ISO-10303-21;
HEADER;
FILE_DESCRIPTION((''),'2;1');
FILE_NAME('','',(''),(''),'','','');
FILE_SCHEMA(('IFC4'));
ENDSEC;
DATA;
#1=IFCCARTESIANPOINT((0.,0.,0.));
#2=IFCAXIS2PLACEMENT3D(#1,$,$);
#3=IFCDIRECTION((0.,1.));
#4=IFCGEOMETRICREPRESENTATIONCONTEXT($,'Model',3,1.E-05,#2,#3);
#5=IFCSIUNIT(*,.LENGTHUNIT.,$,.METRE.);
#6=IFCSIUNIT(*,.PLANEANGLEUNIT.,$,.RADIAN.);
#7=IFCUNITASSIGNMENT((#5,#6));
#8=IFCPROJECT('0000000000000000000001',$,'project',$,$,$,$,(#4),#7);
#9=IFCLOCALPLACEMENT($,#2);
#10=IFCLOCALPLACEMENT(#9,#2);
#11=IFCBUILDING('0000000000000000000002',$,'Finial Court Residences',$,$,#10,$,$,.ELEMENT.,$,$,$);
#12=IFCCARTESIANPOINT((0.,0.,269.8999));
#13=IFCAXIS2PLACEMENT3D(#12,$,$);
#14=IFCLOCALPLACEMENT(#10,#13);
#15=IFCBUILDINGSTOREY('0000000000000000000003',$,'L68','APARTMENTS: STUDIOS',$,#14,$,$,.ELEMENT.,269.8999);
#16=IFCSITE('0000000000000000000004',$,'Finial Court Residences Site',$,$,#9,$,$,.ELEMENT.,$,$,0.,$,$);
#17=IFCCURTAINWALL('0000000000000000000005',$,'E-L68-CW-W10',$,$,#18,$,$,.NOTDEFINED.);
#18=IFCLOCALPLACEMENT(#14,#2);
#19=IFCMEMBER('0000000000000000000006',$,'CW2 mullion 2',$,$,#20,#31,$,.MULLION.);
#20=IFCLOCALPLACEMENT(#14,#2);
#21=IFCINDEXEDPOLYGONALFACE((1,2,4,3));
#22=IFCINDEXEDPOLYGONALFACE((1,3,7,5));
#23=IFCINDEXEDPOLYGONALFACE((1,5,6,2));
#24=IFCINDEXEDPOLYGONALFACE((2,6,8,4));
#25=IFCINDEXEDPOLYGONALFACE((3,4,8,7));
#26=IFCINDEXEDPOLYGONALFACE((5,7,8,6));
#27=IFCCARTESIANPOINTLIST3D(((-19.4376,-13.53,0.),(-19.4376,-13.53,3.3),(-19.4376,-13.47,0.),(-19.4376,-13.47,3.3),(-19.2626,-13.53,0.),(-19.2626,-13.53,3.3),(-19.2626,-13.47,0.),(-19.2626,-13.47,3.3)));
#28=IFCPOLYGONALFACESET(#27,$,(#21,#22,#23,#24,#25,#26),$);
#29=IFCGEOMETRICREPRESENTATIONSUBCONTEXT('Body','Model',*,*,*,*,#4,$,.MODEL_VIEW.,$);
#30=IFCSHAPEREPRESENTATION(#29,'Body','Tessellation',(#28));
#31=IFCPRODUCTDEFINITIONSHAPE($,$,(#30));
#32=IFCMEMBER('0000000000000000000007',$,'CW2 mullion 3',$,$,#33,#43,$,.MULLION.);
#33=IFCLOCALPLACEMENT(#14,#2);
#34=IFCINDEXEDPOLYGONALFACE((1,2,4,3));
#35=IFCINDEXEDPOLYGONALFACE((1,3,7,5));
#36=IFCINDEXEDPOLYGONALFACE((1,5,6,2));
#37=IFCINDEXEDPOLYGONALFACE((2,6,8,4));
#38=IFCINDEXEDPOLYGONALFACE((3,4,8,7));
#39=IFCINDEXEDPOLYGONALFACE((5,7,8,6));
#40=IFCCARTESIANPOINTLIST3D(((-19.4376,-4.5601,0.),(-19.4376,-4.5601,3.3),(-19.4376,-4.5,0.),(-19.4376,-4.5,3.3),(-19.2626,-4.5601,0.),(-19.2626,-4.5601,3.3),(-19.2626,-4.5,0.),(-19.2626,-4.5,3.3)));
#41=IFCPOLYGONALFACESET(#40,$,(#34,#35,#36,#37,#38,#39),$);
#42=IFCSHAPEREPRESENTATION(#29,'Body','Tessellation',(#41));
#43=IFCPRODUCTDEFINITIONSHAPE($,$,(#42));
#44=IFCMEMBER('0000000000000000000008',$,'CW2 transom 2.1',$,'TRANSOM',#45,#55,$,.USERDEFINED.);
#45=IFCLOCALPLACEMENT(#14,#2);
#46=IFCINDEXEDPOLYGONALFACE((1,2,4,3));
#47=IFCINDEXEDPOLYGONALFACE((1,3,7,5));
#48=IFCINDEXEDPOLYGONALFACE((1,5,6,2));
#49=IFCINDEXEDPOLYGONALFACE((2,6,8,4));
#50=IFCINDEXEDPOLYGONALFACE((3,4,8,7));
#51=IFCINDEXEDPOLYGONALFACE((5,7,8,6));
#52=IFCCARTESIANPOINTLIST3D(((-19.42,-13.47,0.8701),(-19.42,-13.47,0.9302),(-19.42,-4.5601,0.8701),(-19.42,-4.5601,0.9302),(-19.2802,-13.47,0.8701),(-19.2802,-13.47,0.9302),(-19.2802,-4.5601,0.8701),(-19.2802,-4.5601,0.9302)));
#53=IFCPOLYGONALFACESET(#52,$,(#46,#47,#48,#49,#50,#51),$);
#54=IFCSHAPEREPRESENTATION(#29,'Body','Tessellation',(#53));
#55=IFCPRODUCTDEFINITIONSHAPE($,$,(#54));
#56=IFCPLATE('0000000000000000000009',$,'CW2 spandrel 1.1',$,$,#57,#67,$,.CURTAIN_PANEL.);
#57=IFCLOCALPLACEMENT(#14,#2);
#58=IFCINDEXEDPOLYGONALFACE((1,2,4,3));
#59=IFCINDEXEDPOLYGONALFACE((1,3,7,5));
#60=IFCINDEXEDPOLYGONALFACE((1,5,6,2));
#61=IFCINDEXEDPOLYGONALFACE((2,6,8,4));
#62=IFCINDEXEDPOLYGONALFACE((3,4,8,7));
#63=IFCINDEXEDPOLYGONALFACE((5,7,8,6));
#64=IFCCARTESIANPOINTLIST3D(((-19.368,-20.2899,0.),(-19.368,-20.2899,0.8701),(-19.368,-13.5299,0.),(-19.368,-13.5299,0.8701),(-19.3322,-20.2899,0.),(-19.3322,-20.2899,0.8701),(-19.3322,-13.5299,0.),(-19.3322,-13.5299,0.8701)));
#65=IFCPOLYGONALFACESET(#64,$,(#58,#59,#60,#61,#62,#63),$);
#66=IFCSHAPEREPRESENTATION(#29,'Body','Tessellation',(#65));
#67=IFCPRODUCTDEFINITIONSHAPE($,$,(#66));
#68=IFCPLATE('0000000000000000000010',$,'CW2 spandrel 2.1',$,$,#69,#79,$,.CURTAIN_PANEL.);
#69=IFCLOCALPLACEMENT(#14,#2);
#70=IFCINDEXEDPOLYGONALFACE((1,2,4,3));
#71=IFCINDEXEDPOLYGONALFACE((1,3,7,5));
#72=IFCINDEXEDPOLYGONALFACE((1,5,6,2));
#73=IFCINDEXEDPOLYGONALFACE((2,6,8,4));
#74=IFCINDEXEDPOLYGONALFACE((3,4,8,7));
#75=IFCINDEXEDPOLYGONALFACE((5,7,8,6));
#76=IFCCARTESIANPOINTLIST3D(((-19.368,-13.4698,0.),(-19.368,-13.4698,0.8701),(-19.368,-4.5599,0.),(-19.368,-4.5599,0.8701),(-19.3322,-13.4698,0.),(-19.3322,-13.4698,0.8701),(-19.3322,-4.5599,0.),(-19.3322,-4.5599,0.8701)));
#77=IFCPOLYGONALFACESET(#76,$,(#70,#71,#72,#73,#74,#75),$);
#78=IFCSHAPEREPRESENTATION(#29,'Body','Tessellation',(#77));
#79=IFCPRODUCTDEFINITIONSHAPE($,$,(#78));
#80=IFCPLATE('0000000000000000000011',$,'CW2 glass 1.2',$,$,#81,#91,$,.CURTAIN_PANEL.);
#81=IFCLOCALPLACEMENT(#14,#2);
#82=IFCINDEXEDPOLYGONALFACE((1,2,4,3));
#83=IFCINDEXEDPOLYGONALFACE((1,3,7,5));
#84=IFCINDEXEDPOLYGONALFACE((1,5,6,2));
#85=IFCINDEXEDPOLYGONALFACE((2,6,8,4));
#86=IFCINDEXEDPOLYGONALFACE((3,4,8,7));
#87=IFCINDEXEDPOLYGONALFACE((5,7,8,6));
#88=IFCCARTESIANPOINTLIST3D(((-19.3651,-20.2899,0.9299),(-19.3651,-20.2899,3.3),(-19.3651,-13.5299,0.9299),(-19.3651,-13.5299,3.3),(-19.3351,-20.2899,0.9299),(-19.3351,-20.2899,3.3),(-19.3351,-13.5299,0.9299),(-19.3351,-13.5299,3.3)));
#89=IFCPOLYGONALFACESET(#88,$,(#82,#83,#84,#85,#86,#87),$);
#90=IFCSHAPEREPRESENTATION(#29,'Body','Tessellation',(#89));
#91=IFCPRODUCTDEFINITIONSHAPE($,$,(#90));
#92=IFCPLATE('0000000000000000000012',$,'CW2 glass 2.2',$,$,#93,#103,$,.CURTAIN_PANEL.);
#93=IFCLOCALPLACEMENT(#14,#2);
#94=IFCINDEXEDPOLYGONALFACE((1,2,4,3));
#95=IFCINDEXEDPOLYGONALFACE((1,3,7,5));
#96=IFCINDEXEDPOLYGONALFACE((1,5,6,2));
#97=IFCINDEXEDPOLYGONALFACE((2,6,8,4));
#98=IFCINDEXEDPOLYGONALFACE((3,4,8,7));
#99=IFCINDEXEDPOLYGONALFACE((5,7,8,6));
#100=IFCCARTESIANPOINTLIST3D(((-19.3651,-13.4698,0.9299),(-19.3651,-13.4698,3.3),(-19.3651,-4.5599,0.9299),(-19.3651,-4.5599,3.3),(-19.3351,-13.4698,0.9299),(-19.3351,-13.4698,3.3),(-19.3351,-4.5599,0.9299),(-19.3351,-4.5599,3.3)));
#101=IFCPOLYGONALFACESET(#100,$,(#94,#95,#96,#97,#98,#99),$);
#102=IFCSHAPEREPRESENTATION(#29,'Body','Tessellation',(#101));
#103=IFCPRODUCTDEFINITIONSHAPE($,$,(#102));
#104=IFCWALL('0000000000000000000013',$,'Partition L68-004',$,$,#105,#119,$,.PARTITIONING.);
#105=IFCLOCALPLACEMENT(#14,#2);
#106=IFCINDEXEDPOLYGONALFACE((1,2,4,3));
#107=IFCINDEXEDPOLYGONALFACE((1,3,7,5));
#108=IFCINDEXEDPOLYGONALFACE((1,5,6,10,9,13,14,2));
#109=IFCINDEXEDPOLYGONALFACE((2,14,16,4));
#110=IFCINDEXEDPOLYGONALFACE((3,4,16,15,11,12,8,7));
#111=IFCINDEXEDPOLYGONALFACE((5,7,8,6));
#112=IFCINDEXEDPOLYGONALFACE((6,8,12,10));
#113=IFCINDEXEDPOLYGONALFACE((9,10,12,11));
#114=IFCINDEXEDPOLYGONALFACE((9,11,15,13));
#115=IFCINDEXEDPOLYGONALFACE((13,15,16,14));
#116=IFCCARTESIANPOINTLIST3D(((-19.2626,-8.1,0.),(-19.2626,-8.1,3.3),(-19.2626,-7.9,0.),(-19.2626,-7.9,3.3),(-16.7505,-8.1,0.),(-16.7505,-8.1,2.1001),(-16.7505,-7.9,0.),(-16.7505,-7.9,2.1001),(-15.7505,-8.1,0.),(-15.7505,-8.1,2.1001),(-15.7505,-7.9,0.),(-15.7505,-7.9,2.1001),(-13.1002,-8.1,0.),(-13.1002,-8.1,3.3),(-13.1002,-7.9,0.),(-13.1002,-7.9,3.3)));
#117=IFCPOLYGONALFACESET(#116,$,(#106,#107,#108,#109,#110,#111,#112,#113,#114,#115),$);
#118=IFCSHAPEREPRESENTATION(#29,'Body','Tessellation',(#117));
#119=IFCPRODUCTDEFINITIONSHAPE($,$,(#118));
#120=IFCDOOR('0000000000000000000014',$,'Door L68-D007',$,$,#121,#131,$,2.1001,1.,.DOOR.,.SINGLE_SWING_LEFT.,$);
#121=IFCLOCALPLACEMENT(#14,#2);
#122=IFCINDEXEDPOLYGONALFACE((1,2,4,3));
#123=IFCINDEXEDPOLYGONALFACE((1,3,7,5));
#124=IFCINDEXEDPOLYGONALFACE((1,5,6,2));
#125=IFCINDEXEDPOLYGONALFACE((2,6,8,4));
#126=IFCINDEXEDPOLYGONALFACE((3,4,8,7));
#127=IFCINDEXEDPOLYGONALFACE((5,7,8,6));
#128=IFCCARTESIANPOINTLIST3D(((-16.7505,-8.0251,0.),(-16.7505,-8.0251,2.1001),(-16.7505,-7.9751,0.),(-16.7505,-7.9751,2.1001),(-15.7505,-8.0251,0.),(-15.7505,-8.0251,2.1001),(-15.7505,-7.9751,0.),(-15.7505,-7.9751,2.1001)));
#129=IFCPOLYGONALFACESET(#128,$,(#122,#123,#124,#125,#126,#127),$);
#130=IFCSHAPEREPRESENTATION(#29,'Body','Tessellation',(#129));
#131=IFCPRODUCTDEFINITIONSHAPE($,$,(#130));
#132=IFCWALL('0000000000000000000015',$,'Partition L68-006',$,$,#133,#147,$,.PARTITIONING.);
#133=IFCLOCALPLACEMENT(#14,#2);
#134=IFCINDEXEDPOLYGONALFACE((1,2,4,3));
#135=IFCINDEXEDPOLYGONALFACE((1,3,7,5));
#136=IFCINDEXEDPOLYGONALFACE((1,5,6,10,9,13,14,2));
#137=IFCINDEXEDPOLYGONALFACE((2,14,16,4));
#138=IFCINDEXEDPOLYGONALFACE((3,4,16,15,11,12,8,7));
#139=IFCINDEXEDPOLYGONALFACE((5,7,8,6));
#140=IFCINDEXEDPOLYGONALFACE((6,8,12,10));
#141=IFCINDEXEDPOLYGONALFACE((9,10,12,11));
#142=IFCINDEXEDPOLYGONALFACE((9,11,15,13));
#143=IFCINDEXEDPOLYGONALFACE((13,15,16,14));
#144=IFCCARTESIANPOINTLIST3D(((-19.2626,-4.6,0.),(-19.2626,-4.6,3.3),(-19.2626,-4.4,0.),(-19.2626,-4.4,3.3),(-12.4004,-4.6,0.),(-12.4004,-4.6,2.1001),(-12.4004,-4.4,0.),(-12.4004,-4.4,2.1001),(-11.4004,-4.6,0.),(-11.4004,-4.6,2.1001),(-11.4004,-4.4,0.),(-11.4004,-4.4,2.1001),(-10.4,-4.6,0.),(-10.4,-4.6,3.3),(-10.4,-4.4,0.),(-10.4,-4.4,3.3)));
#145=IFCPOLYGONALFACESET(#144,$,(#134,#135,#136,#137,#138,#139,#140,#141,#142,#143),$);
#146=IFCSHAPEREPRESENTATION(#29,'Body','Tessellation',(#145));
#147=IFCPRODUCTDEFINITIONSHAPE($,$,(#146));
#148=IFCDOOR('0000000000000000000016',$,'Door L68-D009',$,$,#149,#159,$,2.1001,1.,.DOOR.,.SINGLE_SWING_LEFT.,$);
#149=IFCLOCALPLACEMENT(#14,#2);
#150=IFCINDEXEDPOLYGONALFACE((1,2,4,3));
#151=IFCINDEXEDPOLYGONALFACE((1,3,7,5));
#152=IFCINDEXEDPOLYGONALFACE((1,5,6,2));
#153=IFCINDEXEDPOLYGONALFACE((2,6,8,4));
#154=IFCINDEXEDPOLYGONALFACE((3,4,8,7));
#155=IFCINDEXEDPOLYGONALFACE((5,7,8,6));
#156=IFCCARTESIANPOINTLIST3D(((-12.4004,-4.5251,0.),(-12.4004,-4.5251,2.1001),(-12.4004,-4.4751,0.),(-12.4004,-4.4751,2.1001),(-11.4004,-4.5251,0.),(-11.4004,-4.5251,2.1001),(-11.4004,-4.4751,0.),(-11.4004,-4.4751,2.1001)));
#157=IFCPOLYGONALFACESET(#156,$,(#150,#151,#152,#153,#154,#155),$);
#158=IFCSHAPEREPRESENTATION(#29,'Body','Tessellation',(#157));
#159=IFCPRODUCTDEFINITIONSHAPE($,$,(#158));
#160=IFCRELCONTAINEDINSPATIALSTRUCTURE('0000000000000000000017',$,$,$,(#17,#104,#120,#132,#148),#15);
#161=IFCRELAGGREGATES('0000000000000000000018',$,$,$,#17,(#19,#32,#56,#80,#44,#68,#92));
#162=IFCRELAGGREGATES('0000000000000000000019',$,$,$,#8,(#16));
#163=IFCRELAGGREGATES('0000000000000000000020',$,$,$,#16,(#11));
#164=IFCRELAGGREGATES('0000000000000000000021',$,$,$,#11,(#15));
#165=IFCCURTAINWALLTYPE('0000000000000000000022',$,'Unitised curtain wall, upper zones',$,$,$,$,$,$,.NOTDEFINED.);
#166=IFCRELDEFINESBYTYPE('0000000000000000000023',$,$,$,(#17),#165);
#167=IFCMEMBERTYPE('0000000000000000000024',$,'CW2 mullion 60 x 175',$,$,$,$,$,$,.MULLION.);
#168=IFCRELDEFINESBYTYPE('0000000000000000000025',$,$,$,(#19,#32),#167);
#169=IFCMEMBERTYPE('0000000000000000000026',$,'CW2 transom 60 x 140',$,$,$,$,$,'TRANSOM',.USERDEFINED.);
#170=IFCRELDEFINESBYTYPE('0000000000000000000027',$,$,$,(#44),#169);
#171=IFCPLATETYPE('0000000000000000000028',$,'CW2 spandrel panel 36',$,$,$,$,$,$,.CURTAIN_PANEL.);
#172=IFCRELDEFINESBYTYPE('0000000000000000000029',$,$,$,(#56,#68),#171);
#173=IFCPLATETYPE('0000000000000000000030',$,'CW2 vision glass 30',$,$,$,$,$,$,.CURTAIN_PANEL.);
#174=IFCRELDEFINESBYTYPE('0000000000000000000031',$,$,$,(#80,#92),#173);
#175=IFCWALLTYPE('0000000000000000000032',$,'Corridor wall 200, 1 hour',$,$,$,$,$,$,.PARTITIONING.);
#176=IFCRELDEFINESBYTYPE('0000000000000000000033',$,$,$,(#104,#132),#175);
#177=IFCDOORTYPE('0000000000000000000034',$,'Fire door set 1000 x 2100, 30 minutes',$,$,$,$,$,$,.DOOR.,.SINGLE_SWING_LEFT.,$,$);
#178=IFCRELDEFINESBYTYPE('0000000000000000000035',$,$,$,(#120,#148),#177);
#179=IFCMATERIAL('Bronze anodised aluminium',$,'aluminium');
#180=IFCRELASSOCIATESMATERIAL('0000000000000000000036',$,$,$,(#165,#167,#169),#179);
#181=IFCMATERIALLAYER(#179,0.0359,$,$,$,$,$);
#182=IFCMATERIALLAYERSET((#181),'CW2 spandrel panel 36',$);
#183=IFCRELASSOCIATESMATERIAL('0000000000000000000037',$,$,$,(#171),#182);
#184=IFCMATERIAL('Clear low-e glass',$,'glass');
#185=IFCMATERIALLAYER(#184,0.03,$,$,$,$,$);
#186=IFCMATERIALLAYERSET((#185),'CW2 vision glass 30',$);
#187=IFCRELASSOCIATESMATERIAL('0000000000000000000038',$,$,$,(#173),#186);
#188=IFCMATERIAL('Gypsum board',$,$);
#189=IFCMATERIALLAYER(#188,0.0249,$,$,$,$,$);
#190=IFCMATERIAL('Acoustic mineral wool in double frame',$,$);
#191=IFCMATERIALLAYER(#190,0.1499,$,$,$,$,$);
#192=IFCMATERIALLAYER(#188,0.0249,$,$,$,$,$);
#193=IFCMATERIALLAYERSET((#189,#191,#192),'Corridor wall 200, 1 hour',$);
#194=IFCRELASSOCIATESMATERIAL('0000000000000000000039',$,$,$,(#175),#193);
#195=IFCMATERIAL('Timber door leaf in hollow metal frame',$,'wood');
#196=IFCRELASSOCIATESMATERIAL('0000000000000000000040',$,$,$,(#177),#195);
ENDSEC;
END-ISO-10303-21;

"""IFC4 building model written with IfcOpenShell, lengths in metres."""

from ifc_helpers import new_model, si_unit, direction, frame, frame_2d, origin, origin_2d, place, context, subcontext, project, spatial, rectangle, extrude, material, layer, layer_set, material_profile, profile_set, type_object, element, fill, aggregate, save


model = new_model("IFC4")

# Units and contexts
model_context = context("Model", 3, precision=1e-05, world=origin(), true_north=direction((0.0, 1.0)))
body_context = subcontext(model_context, "Body", "Model", "MODEL_VIEW")
ifc_project = project(units=[si_unit("LENGTHUNIT", "METRE"), si_unit("PLANEANGLEUNIT", "RADIAN")], contexts=[model_context])

# Site, building, storey
site_placement = place(None, origin())
site = spatial("IfcSite", under=ifc_project, at=site_placement, Name="Finial Court Residences Site", CompositionType="ELEMENT", RefElevation=0.0)
building_placement = place(site_placement, origin())
building = spatial("IfcBuilding", under=site, at=building_placement, Name="Finial Court Residences", CompositionType="ELEMENT")
storey_placement = place(building_placement, frame((0.0, 0.0, 269.8999)))
storey = spatial("IfcBuildingStorey", under=building, at=storey_placement, Name="L68", Description="APARTMENTS: STUDIOS", CompositionType="ELEMENT", Elevation=269.8999)

# Curtain wall, members, plates
ifc_material_1 = material(Name="Bronze anodised aluminium", Category="aluminium")
curtain_wall_type = type_object("IfcCurtainWallType", Name="Unitised curtain wall, upper zones", PredefinedType="NOTDEFINED", material=ifc_material_1)
curtain_wall_placement = place(storey_placement, origin())
curtain_wall = element("IfcCurtainWall", 1, at=curtain_wall_placement, inside=storey, type_object=curtain_wall_type, Name="E-L68-CW-W10", PredefinedType="NOTDEFINED")
ifc_material_profile_1 = material_profile(ifc_material_1, rectangle(XDim=0.175, YDim=0.0601, at=origin_2d()), Name="CW2 mullion 60 x 175")
ifc_profile_set_1 = profile_set([ifc_material_profile_1], Name="Bronze anodised aluminium")
member_type_1 = type_object("IfcMemberType", Name="CW2 mullion 60 x 175", PredefinedType="MULLION", material=ifc_profile_set_1)
member_1_placement = place(storey_placement, frame((-19.3501, -13.5, 0.0), z_axis=(0.0, 0.0, 1.0), x_axis=(-1.0, 0.0, 0.0)))
member_1 = element("IfcMember", 2, at=member_1_placement, type_object=member_type_1, Name="CW2 mullion 2", PredefinedType="MULLION", context=body_context, shape_type="SweptSolid", body=[
    extrude(rectangle(XDim=0.175, YDim=0.0601, at=origin_2d()), origin(), (0.0, 0.0, 1.0), 3.3),
])
member_2_placement = place(storey_placement, frame((-19.3501, -4.53, 0.0), z_axis=(0.0, 0.0, 1.0), x_axis=(-1.0, 0.0, 0.0)))
member_2 = element("IfcMember", 3, at=member_2_placement, type_object=member_type_1, Name="CW2 mullion 3", PredefinedType="MULLION", context=body_context, shape_type="SweptSolid", body=[
    extrude(rectangle(XDim=0.175, YDim=0.0601, at=origin_2d()), origin(), (0.0, 0.0, 1.0), 3.3),
])
ifc_material_profile_2 = material_profile(ifc_material_1, rectangle(XDim=0.1399, YDim=0.0601, at=origin_2d()), Name="CW2 transom 60 x 140")
ifc_profile_set_2 = profile_set([ifc_material_profile_2], Name="Bronze anodised aluminium")
member_type_2 = type_object("IfcMemberType", Name="CW2 transom 60 x 140", ElementType="TRANSOM", PredefinedType="USERDEFINED", material=ifc_profile_set_2)
member_3_placement = place(storey_placement, frame((-19.3501, -13.47, 0.9001), z_axis=(0.0, 1.0, 0.0), x_axis=(-1.0, 0.0, 0.0)))
member_3 = element("IfcMember", 4, at=member_3_placement, type_object=member_type_2, Name="CW2 transom 2.1", ObjectType="TRANSOM", PredefinedType="USERDEFINED", context=body_context, shape_type="SweptSolid", body=[
    extrude(rectangle(XDim=0.1399, YDim=0.0601, at=origin_2d()), origin(), (0.0, 0.0, 1.0), 8.9099),
])
ifc_layer_1 = layer(ifc_material_1, 0.0359)
ifc_layer_set_1 = layer_set([ifc_layer_1], Name="CW2 spandrel panel 36")
plate_type_1 = type_object("IfcPlateType", Name="CW2 spandrel panel 36", PredefinedType="CURTAIN_PANEL", material=ifc_layer_set_1)
plate_1_placement = place(storey_placement, frame((-19.3501, -16.9099, 0.0), z_axis=(0.0, 0.0, 1.0), x_axis=(0.0, 1.0, 0.0)))
plate_1 = element("IfcPlate", 5, at=plate_1_placement, type_object=plate_type_1, Name="CW2 spandrel 1.1", PredefinedType="CURTAIN_PANEL", context=body_context, shape_type="SweptSolid", body=[
    extrude(rectangle(XDim=6.76, YDim=0.0359, at=origin_2d()), origin(), (0.0, 0.0, 1.0), 0.8701),
])
plate_2_placement = place(storey_placement, frame((-19.3501, -9.0149, 0.0), z_axis=(0.0, 0.0, 1.0), x_axis=(0.0, 1.0, 0.0)))
plate_2 = element("IfcPlate", 6, at=plate_2_placement, type_object=plate_type_1, Name="CW2 spandrel 2.1", PredefinedType="CURTAIN_PANEL", context=body_context, shape_type="SweptSolid", body=[
    extrude(rectangle(XDim=8.9099, YDim=0.0359, at=origin_2d()), origin(), (0.0, 0.0, 1.0), 0.8701),
])
ifc_material_2 = material(Name="Clear low-e glass", Category="glass")
ifc_layer_2 = layer(ifc_material_2, 0.03)
ifc_layer_set_2 = layer_set([ifc_layer_2], Name="CW2 vision glass 30")
plate_type_2 = type_object("IfcPlateType", Name="CW2 vision glass 30", PredefinedType="CURTAIN_PANEL", material=ifc_layer_set_2)
plate_3_placement = place(storey_placement, frame((-19.3501, -16.9099, 0.9299), z_axis=(0.0, 0.0, 1.0), x_axis=(0.0, 1.0, 0.0)))
plate_3 = element("IfcPlate", 7, at=plate_3_placement, type_object=plate_type_2, Name="CW2 glass 1.2", PredefinedType="CURTAIN_PANEL", context=body_context, shape_type="SweptSolid", body=[
    extrude(rectangle(XDim=6.76, YDim=0.03, at=origin_2d()), origin(), (0.0, 0.0, 1.0), 2.3701),
])
plate_4_placement = place(storey_placement, frame((-19.3501, -9.0149, 0.9299), z_axis=(0.0, 0.0, 1.0), x_axis=(0.0, 1.0, 0.0)))
plate_4 = element("IfcPlate", 8, at=plate_4_placement, type_object=plate_type_2, Name="CW2 glass 2.2", PredefinedType="CURTAIN_PANEL", context=body_context, shape_type="SweptSolid", body=[
    extrude(rectangle(XDim=8.9099, YDim=0.03, at=origin_2d()), origin(), (0.0, 0.0, 1.0), 2.3701),
])
aggregate(curtain_wall, [member_1, member_2, plate_1, plate_3, member_3, plate_2, plate_4])

# Walls, openings, doors
ifc_material_3 = material(Name="Gypsum board")
ifc_layer_3 = layer(ifc_material_3, 0.0249)
ifc_material_4 = material(Name="Acoustic mineral wool in double frame")
ifc_layer_4 = layer(ifc_material_4, 0.1499)
ifc_layer_5 = layer(ifc_material_3, 0.0249)
ifc_layer_set_3 = layer_set([ifc_layer_3, ifc_layer_4, ifc_layer_5], Name="Corridor wall 200, 1 hour")
wall_type_1 = type_object("IfcWallType", Name="Corridor wall 200, 1 hour", PredefinedType="PARTITIONING", material=ifc_layer_set_3)
wall_1_placement = place(storey_placement, frame((-19.2625, -8.0, 0.0), z_axis=(0.0, 0.0, 1.0), x_axis=(1.0, 0.0, 0.0)))
wall_1 = element("IfcWall", 9, at=wall_1_placement, inside=storey, type_object=wall_type_1, Name="Partition L68-004", PredefinedType="PARTITIONING", context=body_context, shape_type="SweptSolid", body=[
    extrude(rectangle(XDim=6.1624, YDim=0.2, at=frame_2d((3.0811, 0.0))), origin(), (0.0, 0.0, 1.0), 3.3),
])
opening_1_placement = place(wall_1_placement, frame((2.512, 0.0, 0.0)))
opening_1 = element("IfcOpeningElement", 10, at=opening_1_placement, cuts=wall_1, PredefinedType="OPENING", context=body_context, shape_type="SweptSolid", body=[
    extrude(rectangle(XDim=1.0, YDim=2.1001, at=frame_2d((0.5, 1.05))), frame((0.0, 0.1099, 0.0), z_axis=(0.0, -1.0, 0.0), x_axis=(1.0, 0.0, 0.0)), (0.0, 0.0, 1.0), 0.22),
])
ifc_material_5 = material(Name="Timber door leaf in hollow metal frame", Category="wood")
door_type_1 = type_object("IfcDoorType", Name="Fire door set 1000 x 2100, 30 minutes", OperationType="SINGLE_SWING_LEFT", PredefinedType="DOOR", material=ifc_material_5)
door_1_placement = place(opening_1_placement, origin())
door_1 = element("IfcDoor", 11, at=door_1_placement, inside=storey, type_object=door_type_1, Name="Door L68-D007", OperationType="SINGLE_SWING_LEFT", OverallHeight=2.1001, OverallWidth=1.0, PredefinedType="DOOR", context=body_context, shape_type="SweptSolid", body=[
    extrude(rectangle(XDim=1.0, YDim=2.1001, at=frame_2d((0.5, 1.05))), frame((0.0, 0.0249, 0.0), z_axis=(0.0, -1.0, 0.0), x_axis=(1.0, 0.0, 0.0)), (0.0, 0.0, 1.0), 0.05),
])
fill(opening_1, door_1)
wall_2_placement = place(storey_placement, frame((-19.2625, -4.5, 0.0), z_axis=(0.0, 0.0, 1.0), x_axis=(1.0, 0.0, 0.0)))
wall_2 = element("IfcWall", 12, at=wall_2_placement, inside=storey, type_object=wall_type_1, Name="Partition L68-006", PredefinedType="PARTITIONING", context=body_context, shape_type="SweptSolid", body=[
    extrude(rectangle(XDim=8.8625, YDim=0.2, at=frame_2d((4.4312, 0.0))), origin(), (0.0, 0.0, 1.0), 3.3),
])
opening_2_placement = place(wall_2_placement, frame((6.8621, 0.0, 0.0)))
opening_2 = element("IfcOpeningElement", 13, at=opening_2_placement, cuts=wall_2, PredefinedType="OPENING", context=body_context, shape_type="SweptSolid", body=[
    extrude(rectangle(XDim=1.0, YDim=2.1001, at=frame_2d((0.5, 1.05))), frame((0.0, 0.1099, 0.0), z_axis=(0.0, -1.0, 0.0), x_axis=(1.0, 0.0, 0.0)), (0.0, 0.0, 1.0), 0.22),
])
door_2_placement = place(opening_2_placement, origin())
door_2 = element("IfcDoor", 14, at=door_2_placement, inside=storey, type_object=door_type_1, Name="Door L68-D009", OperationType="SINGLE_SWING_LEFT", OverallHeight=2.1001, OverallWidth=1.0, PredefinedType="DOOR", context=body_context, shape_type="SweptSolid", body=[
    extrude(rectangle(XDim=1.0, YDim=2.1001, at=frame_2d((0.5, 1.05))), frame((0.0, 0.0249, 0.0), z_axis=(0.0, -1.0, 0.0), x_axis=(1.0, 0.0, 0.0)), (0.0, 0.0, 1.0), 0.05),
])
fill(opening_2, door_2)

save(model, "model.ifc")
